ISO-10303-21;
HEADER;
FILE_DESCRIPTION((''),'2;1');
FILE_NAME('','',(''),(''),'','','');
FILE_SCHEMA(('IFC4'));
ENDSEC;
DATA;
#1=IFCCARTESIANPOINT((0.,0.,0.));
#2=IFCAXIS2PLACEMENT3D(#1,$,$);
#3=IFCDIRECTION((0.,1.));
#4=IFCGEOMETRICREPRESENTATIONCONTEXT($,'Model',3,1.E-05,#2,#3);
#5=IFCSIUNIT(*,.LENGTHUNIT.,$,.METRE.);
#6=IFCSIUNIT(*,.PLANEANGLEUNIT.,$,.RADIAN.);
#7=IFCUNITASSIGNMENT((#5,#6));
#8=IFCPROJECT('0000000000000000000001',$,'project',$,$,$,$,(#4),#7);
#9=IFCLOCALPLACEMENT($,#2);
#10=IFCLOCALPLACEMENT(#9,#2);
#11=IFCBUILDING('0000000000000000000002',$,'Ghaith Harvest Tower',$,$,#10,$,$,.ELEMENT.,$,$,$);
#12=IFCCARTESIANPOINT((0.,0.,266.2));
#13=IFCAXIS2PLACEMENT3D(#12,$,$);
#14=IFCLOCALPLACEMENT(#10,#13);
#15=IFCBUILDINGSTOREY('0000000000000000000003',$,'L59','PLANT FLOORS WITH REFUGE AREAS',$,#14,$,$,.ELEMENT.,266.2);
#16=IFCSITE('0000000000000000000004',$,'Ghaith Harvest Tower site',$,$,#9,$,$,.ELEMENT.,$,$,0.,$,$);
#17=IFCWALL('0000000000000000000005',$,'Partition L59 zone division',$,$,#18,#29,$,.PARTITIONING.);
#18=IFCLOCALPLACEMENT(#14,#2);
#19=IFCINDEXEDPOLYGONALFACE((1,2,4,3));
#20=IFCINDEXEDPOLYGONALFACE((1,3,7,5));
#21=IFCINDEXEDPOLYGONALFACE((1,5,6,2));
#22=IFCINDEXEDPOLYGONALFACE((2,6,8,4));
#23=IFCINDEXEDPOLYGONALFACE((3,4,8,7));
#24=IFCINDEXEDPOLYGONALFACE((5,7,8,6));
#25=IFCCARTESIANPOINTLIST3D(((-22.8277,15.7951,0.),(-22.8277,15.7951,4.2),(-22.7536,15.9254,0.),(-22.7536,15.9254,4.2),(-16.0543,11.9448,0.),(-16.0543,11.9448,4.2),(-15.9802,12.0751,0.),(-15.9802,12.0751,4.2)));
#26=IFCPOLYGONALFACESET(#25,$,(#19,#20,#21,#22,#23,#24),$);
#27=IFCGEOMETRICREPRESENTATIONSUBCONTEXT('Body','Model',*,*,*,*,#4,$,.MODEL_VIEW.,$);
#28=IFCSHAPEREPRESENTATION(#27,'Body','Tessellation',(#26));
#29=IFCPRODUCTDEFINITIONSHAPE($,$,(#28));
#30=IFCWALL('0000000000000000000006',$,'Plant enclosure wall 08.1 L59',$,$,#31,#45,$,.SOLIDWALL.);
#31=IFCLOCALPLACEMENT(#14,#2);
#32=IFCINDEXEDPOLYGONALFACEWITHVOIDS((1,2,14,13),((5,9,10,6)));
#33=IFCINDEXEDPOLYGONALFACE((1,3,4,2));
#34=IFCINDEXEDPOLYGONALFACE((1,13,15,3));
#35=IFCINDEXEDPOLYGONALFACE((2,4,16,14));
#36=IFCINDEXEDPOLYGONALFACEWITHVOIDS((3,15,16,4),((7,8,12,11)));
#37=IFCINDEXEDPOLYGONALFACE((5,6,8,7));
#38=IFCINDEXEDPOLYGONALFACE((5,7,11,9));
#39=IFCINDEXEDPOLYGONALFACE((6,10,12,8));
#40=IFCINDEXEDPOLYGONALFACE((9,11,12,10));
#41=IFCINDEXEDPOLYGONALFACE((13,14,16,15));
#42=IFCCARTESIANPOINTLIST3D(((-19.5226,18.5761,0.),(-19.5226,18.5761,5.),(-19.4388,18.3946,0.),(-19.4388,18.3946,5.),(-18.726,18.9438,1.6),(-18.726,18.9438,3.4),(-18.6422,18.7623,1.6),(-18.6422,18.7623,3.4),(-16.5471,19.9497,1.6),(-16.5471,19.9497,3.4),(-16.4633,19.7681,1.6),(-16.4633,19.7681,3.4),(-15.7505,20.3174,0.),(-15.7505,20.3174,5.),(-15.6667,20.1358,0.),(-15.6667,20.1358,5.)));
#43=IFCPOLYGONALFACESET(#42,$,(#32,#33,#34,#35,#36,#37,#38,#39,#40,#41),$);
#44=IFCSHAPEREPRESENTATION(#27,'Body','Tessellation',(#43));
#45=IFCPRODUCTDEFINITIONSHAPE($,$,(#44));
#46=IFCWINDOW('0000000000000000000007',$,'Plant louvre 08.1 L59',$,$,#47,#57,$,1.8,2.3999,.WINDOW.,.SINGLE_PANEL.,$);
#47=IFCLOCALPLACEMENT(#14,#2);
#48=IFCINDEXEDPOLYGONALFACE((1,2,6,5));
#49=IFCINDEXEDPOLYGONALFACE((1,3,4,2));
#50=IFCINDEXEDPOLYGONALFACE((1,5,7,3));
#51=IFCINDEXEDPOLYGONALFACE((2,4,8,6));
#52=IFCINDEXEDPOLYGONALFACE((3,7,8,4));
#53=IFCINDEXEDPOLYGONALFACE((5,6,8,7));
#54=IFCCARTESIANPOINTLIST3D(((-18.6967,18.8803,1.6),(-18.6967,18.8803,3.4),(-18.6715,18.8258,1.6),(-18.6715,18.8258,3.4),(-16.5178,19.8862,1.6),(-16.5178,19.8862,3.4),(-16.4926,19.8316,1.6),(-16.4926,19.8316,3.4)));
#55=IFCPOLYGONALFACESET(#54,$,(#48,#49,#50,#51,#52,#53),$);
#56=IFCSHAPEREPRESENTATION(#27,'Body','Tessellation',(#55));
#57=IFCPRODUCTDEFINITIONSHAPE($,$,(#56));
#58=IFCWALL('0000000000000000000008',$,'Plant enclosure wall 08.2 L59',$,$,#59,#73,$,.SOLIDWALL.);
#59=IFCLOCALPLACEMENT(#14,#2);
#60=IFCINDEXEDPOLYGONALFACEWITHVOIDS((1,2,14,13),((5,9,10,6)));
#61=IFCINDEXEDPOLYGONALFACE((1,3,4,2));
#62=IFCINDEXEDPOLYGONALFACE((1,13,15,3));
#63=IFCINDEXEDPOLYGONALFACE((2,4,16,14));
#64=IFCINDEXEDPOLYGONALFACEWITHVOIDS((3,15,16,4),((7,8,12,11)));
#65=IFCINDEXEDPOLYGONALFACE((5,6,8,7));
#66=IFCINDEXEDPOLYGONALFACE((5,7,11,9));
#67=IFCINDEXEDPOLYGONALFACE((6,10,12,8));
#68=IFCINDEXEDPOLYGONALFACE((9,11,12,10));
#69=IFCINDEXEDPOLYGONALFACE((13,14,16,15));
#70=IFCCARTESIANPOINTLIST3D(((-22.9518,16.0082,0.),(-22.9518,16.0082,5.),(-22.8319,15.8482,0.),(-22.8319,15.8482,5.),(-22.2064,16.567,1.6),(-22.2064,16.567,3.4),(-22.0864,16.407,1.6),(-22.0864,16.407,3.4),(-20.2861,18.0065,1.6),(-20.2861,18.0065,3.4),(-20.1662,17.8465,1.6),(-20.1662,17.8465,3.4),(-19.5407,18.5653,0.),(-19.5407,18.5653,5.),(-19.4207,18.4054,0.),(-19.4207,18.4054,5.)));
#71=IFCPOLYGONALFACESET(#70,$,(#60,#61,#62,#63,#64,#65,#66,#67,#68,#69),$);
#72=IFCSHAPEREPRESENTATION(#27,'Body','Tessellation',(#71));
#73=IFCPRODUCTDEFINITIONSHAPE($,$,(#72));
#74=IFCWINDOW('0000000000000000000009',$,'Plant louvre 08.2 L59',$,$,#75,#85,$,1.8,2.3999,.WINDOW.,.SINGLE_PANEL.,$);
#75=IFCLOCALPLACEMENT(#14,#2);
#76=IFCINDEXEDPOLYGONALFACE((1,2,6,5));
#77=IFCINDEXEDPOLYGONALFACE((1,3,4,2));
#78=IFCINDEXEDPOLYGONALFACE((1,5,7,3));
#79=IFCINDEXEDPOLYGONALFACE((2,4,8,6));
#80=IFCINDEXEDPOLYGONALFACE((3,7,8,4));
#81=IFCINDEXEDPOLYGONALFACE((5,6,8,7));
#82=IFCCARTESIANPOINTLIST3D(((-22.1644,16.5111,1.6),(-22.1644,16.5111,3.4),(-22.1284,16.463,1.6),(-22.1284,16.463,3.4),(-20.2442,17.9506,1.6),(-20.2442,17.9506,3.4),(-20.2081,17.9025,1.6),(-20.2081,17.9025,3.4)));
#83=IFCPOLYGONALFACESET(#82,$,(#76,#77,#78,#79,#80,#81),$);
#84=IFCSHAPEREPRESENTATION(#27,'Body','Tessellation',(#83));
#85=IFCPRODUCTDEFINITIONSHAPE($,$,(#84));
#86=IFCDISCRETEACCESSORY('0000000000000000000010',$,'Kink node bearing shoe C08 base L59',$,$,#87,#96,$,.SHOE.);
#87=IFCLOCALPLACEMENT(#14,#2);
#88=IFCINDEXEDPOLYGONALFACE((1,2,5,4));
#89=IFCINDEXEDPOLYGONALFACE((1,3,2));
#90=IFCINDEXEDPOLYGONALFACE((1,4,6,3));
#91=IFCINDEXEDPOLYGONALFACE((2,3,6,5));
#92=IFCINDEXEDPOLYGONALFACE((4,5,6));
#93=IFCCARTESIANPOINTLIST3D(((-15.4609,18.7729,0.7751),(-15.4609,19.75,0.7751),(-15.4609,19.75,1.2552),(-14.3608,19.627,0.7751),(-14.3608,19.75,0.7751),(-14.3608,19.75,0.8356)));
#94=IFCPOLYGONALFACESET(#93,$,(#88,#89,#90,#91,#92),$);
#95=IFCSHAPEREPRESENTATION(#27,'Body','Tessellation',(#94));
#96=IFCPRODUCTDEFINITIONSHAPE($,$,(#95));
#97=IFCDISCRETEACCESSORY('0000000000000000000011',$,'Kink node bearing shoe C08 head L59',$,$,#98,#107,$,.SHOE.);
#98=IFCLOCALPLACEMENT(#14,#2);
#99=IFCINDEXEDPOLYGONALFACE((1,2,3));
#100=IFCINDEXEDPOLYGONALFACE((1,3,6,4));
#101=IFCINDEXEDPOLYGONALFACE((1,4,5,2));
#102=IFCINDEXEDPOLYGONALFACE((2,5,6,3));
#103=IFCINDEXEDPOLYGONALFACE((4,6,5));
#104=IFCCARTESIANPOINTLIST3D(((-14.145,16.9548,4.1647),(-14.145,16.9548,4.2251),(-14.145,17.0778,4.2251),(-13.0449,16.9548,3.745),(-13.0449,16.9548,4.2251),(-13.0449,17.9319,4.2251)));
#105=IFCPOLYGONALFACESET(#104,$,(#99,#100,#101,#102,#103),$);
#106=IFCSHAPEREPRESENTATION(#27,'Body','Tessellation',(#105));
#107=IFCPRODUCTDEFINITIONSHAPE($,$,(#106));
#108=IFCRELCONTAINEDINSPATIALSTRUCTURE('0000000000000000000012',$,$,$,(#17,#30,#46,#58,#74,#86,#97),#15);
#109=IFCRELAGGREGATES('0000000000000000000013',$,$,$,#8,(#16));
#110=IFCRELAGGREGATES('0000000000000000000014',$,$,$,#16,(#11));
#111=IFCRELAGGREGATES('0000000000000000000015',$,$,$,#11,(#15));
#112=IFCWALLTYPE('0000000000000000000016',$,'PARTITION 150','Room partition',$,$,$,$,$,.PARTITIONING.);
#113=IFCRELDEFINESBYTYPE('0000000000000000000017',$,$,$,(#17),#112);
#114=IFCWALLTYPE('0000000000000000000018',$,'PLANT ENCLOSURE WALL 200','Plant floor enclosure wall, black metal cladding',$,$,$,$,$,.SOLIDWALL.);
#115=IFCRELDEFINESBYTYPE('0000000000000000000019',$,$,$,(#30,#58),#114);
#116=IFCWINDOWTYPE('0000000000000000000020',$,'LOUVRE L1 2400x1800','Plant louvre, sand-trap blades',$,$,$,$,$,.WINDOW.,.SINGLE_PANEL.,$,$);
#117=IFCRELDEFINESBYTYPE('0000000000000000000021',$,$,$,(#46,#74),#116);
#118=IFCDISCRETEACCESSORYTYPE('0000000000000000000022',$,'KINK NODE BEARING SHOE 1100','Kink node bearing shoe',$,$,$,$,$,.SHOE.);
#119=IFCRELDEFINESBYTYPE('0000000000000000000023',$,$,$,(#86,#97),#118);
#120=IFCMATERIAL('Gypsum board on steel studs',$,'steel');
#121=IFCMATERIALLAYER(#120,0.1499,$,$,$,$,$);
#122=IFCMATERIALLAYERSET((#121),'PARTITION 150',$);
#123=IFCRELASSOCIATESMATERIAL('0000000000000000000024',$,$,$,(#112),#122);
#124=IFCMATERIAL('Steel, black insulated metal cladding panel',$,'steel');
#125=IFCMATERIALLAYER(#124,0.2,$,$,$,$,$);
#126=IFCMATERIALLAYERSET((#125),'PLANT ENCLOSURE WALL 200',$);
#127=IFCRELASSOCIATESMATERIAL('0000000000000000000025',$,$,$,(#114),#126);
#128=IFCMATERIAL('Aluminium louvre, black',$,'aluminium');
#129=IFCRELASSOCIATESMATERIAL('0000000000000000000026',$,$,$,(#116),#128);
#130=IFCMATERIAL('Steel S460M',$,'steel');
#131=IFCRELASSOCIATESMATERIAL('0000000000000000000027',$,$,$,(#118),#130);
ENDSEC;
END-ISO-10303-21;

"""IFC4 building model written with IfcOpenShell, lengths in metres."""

from ifc_helpers import new_model, si_unit, direction, frame, frame_2d, origin, origin_2d, place, context, subcontext, project, spatial, rectangle, extrude, clip, halfspace, material, layer, layer_set, material_profile, profile_set, type_object, element, fill, save


model = new_model("IFC4")

# Units and contexts
model_context = context("Model", 3, precision=1e-05, world=origin(), true_north=direction((0.0, 1.0)))
body_context = subcontext(model_context, "Body", "Model", "MODEL_VIEW")
ifc_project = project(units=[si_unit("LENGTHUNIT", "METRE"), si_unit("PLANEANGLEUNIT", "RADIAN")], contexts=[model_context])

# Site, building, storey
site_placement = place(None, origin())
site = spatial("IfcSite", under=ifc_project, at=site_placement, Name="Ghaith Harvest Tower site", CompositionType="ELEMENT", RefElevation=0.0)
building_placement = place(site_placement, origin())
building = spatial("IfcBuilding", under=site, at=building_placement, Name="Ghaith Harvest Tower", CompositionType="ELEMENT")
storey_placement = place(building_placement, frame((0.0, 0.0, 266.2)))
storey = spatial("IfcBuildingStorey", under=building, at=storey_placement, Name="L59", Description="PLANT FLOORS WITH REFUGE AREAS", CompositionType="ELEMENT", Elevation=266.2)

# Wall
ifc_material_1 = material(Name="Gypsum board on steel studs", Category="steel")
ifc_layer_1 = layer(ifc_material_1, 0.1499)
ifc_layer_set_1 = layer_set([ifc_layer_1], Name="PARTITION 150")
wall_type_1 = type_object("IfcWallType", Name="PARTITION 150", Description="Room partition", PredefinedType="PARTITIONING", material=ifc_layer_set_1)
wall_1_placement = place(storey_placement, frame((-16.0173, 12.01, 0.0), z_axis=(0.0, 0.0, 1.0), x_axis=(-0.869357, 0.494184, 0.0)))
element("IfcWall", 1, at=wall_1_placement, inside=storey, type_object=wall_type_1, Name="Partition L59 zone division", PredefinedType="PARTITIONING", context=body_context, shape_type="SweptSolid", body=[
    extrude(rectangle(XDim=7.7913, YDim=0.1499, at=frame_2d((3.8955, 0.0))), origin(), (0.0, 0.0, 1.0), 4.2),
])

# Walls, openings, windows
ifc_material_2 = material(Name="Steel, black insulated metal cladding panel", Category="steel")
ifc_layer_2 = layer(ifc_material_2, 0.2)
ifc_layer_set_2 = layer_set([ifc_layer_2], Name="PLANT ENCLOSURE WALL 200")
wall_type_2 = type_object("IfcWallType", Name="PLANT ENCLOSURE WALL 200", Description="Plant floor enclosure wall, black metal cladding", PredefinedType="SOLIDWALL", material=ifc_layer_set_2)
wall_2_placement = place(storey_placement, frame((-15.7087, 20.2266, 0.0), z_axis=(0.0, 0.0, 1.0), x_axis=(-0.907932, -0.419118, 0.0)))
wall_2 = element("IfcWall", 2, at=wall_2_placement, inside=storey, type_object=wall_type_2, Name="Plant enclosure wall 08.1 L59", PredefinedType="SOLIDWALL", context=body_context, shape_type="SweptSolid", body=[
    extrude(rectangle(XDim=4.1545, YDim=0.2, at=frame_2d((2.0771, 0.0))), origin(), (0.0, 0.0, 1.0), 5.0),
])
opening_1_placement = place(wall_2_placement, frame((0.8772, 0.0, 1.6001)))
opening_1 = element("IfcOpeningElement", 3, at=opening_1_placement, cuts=wall_2, PredefinedType="OPENING", context=body_context, shape_type="SweptSolid", body=[
    extrude(rectangle(XDim=2.3999, YDim=1.8, at=frame_2d((1.2, 0.8999))), frame((0.0, 0.1099, 0.0), z_axis=(0.0, -1.0, 0.0), x_axis=(1.0, 0.0, 0.0)), (0.0, 0.0, 1.0), 0.22),
])
ifc_material_3 = material(Name="Aluminium louvre, black", Category="aluminium")
window_type = type_object("IfcWindowType", Name="LOUVRE L1 2400x1800", Description="Plant louvre, sand-trap blades", PartitioningType="SINGLE_PANEL", PredefinedType="WINDOW", material=ifc_material_3)
window_1_placement = place(opening_1_placement, origin())
window_1 = element("IfcWindow", 4, at=window_1_placement, inside=storey, type_object=window_type, Name="Plant louvre 08.1 L59", OverallHeight=1.8, OverallWidth=2.3999, PartitioningType="SINGLE_PANEL", PredefinedType="WINDOW", context=body_context, shape_type="SweptSolid", body=[
    extrude(rectangle(XDim=2.3999, YDim=1.8, at=frame_2d((1.2, 0.8999))), frame((0.0, 0.03, 0.0), z_axis=(0.0, -1.0, 0.0), x_axis=(1.0, 0.0, 0.0)), (0.0, 0.0, 1.0), 0.0601),
])
fill(opening_1, window_1)
wall_3_placement = place(storey_placement, frame((-19.4807, 18.4854, 0.0), z_axis=(0.0, 0.0, 1.0), x_axis=(-0.800137, -0.599817, 0.0)))
wall_3 = element("IfcWall", 5, at=wall_3_placement, inside=storey, type_object=wall_type_2, Name="Plant enclosure wall 08.2 L59", PredefinedType="SOLIDWALL", context=body_context, shape_type="SweptSolid", body=[
    extrude(rectangle(XDim=4.2632, YDim=0.2, at=frame_2d((2.1316, 0.0))), origin(), (0.0, 0.0, 1.0), 5.0),
])
opening_2_placement = place(wall_3_placement, frame((0.9316, 0.0, 1.6001)))
opening_2 = element("IfcOpeningElement", 6, at=opening_2_placement, cuts=wall_3, PredefinedType="OPENING", context=body_context, shape_type="SweptSolid", body=[
    extrude(rectangle(XDim=2.3999, YDim=1.8, at=frame_2d((1.2, 0.8999))), frame((0.0, 0.1099, 0.0), z_axis=(0.0, -1.0, 0.0), x_axis=(1.0, 0.0, 0.0)), (0.0, 0.0, 1.0), 0.22),
])
window_2_placement = place(opening_2_placement, origin())
window_2 = element("IfcWindow", 7, at=window_2_placement, inside=storey, type_object=window_type, Name="Plant louvre 08.2 L59", OverallHeight=1.8, OverallWidth=2.3999, PartitioningType="SINGLE_PANEL", PredefinedType="WINDOW", context=body_context, shape_type="SweptSolid", body=[
    extrude(rectangle(XDim=2.3999, YDim=1.8, at=frame_2d((1.2, 0.8999))), frame((0.0, 0.03, 0.0), z_axis=(0.0, -1.0, 0.0), x_axis=(1.0, 0.0, 0.0)), (0.0, 0.0, 1.0), 0.0601),
])
fill(opening_2, window_2)

# Discrete accessories
ifc_material_4 = material(Name="Steel S460M", Category="steel")
ifc_material_profile_1 = material_profile(ifc_material_4, rectangle(XDim=1.1001, YDim=1.1001, at=origin_2d()), Name="KINK NODE BEARING SHOE 1100")
ifc_profile_set_1 = profile_set([ifc_material_profile_1], Name="Steel S460M")
discrete_accessory_type = type_object("IfcDiscreteAccessoryType", Name="KINK NODE BEARING SHOE 1100", Description="Kink node bearing shoe", PredefinedType="SHOE", material=ifc_profile_set_1)
discrete_accessory_1_placement = place(storey_placement, frame((-14.9109, 19.2, 0.7751), z_axis=(0.0, 0.0, 1.0), x_axis=(1.0, 0.0, 0.0)))
element("IfcDiscreteAccessory", 8, at=discrete_accessory_1_placement, inside=storey, type_object=discrete_accessory_type, Name="Kink node bearing shoe C08 base L59", PredefinedType="SHOE", context=body_context, shape_type="Clipping", body=[
    clip(extrude(rectangle(XDim=1.1001, YDim=1.1001, at=origin_2d()), origin(), (0.0, 0.0, 1.0), 0.49), halfspace(frame((0.0, 0.0, 0.0), z_axis=(0.323904, -0.417187, 0.849141), x_axis=(1.0, 0.0, 0.0)), False)),
])
discrete_accessory_2_placement = place(storey_placement, frame((-13.595, 17.5049, 3.7351), z_axis=(0.0, 0.0, 1.0), x_axis=(1.0, 0.0, 0.0)))
element("IfcDiscreteAccessory", 9, at=discrete_accessory_2_placement, inside=storey, type_object=discrete_accessory_type, Name="Kink node bearing shoe C08 head L59", PredefinedType="SHOE", context=body_context, shape_type="Clipping", body=[
    clip(extrude(rectangle(XDim=1.1001, YDim=1.1001, at=origin_2d()), origin(), (0.0, 0.0, 1.0), 0.49), halfspace(frame((0.0, 0.0, 0.49), z_axis=(-0.323904, 0.417187, -0.849141), x_axis=(1.0, 0.0, 0.0)), False)),
])

save(model, "model.ifc")
